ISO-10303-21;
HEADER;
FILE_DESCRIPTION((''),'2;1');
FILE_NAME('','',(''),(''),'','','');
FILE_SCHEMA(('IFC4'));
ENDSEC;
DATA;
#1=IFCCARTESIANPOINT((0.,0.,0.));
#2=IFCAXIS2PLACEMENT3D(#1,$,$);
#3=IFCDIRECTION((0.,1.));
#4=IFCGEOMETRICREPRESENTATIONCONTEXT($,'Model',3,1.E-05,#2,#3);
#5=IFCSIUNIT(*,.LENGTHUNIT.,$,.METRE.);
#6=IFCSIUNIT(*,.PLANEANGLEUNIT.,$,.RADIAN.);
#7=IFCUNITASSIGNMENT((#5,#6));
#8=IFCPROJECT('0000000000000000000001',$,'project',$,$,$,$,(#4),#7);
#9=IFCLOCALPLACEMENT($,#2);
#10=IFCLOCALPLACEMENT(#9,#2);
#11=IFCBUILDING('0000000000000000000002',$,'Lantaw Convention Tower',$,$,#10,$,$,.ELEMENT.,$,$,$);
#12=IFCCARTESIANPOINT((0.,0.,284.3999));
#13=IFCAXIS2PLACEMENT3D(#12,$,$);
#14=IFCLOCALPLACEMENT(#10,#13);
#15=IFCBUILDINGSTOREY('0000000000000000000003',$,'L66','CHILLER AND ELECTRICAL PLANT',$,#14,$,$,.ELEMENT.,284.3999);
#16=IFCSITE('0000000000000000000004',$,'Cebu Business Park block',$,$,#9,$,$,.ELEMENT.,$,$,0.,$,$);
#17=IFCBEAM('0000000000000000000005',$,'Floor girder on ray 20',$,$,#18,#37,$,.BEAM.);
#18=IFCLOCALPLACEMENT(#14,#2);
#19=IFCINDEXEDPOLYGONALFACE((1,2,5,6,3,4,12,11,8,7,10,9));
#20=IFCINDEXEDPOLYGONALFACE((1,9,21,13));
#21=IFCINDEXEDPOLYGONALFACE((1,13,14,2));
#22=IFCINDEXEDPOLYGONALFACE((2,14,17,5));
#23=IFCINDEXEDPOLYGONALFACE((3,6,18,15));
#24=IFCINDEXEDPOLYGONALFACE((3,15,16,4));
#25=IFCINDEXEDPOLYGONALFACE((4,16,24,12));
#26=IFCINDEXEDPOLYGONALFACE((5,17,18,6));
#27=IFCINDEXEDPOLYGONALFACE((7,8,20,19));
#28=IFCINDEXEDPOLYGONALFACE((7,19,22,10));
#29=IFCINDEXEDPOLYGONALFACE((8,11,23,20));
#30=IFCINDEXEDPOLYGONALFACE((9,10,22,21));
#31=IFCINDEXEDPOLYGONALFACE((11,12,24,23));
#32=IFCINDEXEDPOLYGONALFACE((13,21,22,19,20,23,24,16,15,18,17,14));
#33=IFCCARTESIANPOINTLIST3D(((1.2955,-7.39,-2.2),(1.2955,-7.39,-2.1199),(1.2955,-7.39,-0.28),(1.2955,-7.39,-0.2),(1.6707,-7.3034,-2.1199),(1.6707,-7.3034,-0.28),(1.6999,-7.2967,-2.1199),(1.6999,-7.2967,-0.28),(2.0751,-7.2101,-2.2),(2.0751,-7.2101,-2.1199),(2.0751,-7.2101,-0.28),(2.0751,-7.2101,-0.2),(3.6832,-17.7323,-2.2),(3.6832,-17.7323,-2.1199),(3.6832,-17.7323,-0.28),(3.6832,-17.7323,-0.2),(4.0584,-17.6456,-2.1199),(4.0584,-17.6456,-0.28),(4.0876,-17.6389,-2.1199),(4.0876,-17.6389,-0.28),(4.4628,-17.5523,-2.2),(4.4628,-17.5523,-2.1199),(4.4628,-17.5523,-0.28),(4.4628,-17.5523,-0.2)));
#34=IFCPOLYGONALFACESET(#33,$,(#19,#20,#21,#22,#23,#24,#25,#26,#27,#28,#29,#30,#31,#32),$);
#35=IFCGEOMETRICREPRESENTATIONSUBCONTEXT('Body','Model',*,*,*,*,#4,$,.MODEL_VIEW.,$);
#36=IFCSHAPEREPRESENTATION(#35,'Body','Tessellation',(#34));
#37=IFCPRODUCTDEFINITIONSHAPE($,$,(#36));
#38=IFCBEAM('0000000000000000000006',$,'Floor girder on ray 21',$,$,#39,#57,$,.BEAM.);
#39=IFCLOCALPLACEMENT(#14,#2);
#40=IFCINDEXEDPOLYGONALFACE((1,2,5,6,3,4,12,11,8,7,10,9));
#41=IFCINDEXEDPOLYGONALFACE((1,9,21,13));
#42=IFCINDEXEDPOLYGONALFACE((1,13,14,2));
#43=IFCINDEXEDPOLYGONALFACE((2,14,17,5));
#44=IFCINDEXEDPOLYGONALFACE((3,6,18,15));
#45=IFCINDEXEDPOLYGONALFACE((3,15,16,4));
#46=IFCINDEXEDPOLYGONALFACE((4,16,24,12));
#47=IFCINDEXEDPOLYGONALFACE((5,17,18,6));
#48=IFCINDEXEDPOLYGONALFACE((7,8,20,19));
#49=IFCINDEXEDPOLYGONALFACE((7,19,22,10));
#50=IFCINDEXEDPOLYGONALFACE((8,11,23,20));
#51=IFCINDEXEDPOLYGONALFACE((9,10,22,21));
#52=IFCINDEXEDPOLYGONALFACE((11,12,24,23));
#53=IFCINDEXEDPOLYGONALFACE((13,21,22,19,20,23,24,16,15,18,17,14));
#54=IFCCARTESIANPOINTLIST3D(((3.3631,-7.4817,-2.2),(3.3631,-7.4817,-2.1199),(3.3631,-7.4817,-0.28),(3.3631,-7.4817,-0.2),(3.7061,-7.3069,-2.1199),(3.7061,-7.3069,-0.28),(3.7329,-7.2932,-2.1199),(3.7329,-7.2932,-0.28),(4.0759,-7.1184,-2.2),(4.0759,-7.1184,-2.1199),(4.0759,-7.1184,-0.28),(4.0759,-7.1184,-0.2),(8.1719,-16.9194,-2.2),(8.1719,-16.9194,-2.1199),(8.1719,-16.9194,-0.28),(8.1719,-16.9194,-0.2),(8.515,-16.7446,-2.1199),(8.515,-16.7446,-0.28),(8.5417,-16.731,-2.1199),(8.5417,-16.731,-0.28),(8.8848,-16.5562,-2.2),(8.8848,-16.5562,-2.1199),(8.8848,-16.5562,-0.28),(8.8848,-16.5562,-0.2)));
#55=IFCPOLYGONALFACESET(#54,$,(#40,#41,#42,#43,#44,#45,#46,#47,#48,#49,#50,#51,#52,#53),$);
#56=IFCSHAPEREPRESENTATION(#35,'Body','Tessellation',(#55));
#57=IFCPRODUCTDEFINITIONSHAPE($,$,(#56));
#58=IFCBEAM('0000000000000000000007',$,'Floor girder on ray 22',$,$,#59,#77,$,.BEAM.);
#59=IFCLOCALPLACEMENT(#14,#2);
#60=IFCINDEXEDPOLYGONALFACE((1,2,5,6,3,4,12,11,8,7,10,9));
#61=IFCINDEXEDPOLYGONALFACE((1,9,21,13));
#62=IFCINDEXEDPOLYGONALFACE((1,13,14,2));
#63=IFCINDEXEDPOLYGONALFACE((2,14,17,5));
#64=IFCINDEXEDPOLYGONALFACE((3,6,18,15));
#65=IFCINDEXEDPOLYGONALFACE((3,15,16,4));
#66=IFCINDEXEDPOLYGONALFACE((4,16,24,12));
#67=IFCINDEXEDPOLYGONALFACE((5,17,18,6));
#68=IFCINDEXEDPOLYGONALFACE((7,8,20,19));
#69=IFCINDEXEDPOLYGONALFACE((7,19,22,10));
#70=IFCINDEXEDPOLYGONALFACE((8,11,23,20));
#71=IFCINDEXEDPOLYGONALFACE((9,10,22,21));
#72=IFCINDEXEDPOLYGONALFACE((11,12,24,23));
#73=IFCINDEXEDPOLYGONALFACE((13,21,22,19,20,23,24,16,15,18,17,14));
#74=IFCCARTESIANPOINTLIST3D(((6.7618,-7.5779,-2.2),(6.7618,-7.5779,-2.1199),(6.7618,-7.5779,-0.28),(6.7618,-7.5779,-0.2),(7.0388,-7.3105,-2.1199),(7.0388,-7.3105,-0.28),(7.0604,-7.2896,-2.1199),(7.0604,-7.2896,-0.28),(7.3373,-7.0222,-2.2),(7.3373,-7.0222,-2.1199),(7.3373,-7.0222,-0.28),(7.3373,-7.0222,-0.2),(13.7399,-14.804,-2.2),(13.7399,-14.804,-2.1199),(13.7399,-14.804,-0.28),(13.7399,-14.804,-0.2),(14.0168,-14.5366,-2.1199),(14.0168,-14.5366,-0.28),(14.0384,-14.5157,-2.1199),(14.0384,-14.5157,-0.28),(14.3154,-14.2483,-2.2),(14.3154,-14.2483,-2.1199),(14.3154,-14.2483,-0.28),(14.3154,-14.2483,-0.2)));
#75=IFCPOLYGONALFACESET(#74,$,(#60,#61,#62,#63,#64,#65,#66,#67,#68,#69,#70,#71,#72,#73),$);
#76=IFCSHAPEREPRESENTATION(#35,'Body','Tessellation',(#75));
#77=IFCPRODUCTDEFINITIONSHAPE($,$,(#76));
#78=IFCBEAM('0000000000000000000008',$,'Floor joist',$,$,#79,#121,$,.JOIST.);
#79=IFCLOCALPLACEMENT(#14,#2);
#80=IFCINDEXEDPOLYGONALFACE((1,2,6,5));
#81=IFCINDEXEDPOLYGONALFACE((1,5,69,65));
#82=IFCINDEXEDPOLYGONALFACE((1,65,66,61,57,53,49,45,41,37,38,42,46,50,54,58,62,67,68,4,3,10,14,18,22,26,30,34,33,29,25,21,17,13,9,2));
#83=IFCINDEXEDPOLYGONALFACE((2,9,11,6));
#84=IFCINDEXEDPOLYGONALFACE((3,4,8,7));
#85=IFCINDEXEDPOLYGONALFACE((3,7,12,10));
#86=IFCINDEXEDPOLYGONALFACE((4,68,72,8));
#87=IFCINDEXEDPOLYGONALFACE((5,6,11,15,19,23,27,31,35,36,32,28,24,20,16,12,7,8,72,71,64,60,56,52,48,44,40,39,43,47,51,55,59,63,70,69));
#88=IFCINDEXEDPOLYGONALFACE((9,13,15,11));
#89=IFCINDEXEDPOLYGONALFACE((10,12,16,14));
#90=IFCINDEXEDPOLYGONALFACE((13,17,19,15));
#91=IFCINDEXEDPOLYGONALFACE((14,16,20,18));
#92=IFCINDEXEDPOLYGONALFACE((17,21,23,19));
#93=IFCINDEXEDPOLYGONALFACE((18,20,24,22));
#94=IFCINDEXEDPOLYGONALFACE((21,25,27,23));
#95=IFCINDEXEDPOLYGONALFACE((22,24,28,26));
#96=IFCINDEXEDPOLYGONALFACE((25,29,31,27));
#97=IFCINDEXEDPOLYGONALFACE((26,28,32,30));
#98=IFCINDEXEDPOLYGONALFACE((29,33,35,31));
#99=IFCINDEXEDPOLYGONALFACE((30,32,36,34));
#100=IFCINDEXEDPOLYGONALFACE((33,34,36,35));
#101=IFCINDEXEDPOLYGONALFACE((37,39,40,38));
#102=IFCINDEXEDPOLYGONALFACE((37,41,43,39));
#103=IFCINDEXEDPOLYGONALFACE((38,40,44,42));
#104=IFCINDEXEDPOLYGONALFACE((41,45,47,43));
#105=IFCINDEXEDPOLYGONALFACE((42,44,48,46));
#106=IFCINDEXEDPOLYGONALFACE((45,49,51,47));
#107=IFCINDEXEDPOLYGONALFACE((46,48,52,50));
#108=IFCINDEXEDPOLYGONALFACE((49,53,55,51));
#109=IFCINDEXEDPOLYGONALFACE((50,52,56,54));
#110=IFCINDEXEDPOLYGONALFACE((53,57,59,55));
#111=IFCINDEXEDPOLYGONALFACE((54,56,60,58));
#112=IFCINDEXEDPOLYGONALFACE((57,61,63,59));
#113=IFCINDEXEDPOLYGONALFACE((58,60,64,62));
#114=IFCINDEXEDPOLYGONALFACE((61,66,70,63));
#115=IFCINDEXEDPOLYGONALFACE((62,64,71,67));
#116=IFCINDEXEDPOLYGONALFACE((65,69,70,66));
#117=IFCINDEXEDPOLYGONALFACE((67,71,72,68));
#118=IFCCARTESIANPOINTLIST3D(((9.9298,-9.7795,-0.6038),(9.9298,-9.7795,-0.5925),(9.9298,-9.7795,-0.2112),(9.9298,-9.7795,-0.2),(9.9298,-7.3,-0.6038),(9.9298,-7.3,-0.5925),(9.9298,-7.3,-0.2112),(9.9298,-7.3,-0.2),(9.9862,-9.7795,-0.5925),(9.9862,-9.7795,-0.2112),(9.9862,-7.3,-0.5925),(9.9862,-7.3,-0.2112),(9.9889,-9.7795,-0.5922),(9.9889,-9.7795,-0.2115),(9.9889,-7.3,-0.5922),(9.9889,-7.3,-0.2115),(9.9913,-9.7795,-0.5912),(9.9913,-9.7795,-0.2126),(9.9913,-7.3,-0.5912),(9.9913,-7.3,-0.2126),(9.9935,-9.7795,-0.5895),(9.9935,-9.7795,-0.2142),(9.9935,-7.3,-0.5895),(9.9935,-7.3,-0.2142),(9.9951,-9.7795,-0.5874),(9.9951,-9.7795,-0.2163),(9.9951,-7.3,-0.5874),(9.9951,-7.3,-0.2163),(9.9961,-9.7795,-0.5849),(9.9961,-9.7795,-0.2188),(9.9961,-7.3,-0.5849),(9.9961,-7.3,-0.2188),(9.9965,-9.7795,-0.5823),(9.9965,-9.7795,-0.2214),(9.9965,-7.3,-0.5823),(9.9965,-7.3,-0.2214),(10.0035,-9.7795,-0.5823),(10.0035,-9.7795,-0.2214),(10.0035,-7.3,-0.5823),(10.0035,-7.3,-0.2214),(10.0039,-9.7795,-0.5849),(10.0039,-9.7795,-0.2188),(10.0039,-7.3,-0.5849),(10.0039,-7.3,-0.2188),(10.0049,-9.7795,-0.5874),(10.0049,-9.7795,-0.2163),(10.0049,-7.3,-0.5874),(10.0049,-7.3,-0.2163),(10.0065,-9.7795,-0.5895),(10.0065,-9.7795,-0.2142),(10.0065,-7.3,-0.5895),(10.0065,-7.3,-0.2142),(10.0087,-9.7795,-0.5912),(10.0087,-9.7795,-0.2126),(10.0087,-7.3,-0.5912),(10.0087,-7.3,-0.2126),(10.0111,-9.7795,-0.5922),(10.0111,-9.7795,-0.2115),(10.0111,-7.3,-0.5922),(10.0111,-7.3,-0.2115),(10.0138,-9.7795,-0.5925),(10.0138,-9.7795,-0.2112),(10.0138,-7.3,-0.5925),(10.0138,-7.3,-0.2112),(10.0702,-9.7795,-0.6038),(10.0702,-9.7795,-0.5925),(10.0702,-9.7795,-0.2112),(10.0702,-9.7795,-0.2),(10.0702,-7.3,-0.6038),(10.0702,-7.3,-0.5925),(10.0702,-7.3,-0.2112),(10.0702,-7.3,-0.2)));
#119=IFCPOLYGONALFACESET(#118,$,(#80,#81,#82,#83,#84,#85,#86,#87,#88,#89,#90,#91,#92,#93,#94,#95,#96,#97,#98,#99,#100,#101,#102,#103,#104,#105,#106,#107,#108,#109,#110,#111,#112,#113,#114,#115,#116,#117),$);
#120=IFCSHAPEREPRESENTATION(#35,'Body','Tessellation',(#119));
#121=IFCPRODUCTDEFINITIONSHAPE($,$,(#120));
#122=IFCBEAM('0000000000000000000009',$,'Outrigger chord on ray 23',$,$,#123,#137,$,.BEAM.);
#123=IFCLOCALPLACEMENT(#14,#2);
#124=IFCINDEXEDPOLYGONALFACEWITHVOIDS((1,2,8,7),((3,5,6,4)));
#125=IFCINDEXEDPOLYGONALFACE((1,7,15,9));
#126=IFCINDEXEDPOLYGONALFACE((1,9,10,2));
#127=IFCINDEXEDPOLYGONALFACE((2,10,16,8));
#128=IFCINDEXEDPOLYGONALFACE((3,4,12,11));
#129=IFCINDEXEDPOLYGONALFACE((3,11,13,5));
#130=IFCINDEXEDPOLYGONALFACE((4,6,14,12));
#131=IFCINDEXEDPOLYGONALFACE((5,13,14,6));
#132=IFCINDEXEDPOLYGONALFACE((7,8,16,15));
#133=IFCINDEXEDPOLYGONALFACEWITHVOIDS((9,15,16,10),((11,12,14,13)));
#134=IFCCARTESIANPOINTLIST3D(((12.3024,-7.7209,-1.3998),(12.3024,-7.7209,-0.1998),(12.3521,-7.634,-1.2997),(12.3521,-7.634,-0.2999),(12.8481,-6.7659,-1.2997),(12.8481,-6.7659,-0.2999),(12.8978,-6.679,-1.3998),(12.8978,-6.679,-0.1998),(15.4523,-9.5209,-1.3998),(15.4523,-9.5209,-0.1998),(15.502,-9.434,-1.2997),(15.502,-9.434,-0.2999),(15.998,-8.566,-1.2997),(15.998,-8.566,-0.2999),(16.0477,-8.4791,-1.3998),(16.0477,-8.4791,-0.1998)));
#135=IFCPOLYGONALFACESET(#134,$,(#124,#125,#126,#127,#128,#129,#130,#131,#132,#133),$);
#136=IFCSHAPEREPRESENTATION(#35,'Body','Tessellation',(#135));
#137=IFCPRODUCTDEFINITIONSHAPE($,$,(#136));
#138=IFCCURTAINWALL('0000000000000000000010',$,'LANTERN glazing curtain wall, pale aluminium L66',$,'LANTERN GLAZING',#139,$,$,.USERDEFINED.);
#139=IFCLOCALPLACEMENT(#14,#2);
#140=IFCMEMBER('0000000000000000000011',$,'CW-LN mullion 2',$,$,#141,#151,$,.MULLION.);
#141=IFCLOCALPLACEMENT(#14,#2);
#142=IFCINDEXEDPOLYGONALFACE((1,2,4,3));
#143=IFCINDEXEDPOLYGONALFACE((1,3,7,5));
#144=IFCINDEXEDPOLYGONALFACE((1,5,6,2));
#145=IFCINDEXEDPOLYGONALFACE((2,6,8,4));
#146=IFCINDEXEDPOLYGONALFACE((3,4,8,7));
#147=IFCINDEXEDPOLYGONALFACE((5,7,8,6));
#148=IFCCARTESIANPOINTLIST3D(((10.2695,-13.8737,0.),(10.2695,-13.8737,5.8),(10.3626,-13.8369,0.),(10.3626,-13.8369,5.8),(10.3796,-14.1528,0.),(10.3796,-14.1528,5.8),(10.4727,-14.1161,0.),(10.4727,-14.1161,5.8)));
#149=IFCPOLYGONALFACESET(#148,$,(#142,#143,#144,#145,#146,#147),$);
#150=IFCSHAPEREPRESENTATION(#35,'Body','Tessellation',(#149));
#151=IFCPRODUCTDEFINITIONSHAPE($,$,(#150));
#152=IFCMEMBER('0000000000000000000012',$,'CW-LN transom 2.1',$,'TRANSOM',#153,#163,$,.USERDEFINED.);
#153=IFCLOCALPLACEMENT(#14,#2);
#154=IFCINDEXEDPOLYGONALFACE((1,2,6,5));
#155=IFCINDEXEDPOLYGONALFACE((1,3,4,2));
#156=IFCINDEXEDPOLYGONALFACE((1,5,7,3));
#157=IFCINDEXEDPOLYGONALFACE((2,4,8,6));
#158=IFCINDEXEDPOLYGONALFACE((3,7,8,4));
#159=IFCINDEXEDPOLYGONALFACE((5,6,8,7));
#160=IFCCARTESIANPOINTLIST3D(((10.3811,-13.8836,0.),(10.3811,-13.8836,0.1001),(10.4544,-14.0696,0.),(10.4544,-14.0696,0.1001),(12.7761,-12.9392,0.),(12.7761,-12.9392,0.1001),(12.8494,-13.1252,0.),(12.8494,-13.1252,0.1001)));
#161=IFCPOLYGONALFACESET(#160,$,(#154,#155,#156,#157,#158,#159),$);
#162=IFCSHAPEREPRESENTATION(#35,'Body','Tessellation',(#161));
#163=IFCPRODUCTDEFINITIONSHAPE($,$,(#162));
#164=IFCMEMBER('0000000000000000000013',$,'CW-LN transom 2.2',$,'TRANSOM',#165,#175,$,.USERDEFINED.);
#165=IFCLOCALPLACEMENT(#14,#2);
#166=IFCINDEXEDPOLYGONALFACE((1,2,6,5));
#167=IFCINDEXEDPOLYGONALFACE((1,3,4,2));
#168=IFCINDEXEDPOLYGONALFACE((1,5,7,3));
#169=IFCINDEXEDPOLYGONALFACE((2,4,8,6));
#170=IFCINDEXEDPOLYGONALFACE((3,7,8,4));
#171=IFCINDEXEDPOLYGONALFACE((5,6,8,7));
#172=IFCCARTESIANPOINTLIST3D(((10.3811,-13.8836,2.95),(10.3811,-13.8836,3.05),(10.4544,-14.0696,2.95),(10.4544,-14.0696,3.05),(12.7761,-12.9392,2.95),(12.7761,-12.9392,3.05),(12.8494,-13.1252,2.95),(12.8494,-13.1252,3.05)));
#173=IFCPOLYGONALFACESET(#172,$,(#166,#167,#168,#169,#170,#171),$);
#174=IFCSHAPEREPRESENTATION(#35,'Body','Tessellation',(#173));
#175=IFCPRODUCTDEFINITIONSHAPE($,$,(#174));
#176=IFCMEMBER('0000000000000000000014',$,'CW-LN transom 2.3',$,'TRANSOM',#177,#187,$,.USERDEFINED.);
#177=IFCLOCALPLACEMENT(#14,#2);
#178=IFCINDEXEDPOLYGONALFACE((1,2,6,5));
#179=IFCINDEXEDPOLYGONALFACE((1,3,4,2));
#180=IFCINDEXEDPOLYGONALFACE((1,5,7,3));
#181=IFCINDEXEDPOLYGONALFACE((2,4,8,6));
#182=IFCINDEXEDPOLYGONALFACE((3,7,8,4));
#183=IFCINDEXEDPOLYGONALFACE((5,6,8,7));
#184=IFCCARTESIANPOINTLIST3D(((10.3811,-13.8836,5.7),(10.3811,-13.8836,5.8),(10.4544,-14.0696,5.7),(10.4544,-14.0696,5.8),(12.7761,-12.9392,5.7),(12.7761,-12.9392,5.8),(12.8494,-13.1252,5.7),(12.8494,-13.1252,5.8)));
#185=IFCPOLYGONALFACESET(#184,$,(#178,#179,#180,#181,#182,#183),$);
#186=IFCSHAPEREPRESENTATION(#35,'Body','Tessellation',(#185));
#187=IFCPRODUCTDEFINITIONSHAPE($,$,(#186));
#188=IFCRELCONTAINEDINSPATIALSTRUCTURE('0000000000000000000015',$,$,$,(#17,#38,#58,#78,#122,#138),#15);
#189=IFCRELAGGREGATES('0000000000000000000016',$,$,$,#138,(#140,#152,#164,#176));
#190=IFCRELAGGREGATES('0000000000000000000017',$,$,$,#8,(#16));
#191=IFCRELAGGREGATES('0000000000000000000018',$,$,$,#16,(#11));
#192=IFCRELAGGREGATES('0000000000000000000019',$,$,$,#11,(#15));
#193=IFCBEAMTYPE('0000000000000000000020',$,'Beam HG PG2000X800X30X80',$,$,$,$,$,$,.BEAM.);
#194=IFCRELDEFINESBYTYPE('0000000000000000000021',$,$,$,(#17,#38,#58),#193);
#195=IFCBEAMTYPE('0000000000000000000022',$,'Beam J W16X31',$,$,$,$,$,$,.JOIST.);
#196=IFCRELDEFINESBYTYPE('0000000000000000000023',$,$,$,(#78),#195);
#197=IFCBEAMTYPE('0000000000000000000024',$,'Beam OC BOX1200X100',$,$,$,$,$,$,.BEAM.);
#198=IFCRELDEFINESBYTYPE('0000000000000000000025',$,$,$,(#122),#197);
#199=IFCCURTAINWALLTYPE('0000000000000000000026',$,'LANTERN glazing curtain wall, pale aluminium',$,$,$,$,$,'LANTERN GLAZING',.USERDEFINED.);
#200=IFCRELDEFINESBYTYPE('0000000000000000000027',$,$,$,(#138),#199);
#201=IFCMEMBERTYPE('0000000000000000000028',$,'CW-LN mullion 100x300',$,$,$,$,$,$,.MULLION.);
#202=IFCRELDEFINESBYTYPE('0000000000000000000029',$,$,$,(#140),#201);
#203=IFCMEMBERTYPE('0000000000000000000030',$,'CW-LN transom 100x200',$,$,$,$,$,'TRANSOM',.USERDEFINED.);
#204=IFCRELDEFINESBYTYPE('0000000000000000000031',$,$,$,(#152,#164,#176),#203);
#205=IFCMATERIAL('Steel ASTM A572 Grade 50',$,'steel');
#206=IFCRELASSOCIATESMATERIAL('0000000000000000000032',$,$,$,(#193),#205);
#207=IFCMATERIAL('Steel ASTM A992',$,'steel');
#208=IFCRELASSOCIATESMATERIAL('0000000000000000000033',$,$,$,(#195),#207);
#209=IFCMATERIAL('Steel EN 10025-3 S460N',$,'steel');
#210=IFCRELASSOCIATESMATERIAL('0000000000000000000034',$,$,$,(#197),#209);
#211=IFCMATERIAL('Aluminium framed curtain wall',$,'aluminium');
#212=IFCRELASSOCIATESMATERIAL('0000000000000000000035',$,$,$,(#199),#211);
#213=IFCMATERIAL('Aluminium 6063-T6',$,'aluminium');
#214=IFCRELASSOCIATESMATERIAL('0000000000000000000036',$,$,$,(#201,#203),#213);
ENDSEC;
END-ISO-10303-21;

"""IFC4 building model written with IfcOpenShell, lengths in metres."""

from ifc_helpers import new_model, si_unit, direction, frame, origin, origin_2d, place, context, subcontext, project, spatial, rectangle, hollow_rectangle, i_section, extrude, material, material_profile, profile_set, type_object, element, aggregate, save


model = new_model("IFC4")

# Units and contexts
model_context = context("Model", 3, precision=1e-05, world=origin(), true_north=direction((0.0, 1.0)))
body_context = subcontext(model_context, "Body", "Model", "MODEL_VIEW")
ifc_project = project(units=[si_unit("LENGTHUNIT", "METRE"), si_unit("PLANEANGLEUNIT", "RADIAN")], contexts=[model_context])

# Site, building, storey
site_placement = place(None, origin())
site = spatial("IfcSite", under=ifc_project, at=site_placement, Name="Cebu Business Park block", CompositionType="ELEMENT", RefElevation=0.0)
building_placement = place(site_placement, origin())
building = spatial("IfcBuilding", under=site, at=building_placement, Name="Lantaw Convention Tower", CompositionType="ELEMENT")
storey_placement = place(building_placement, frame((0.0, 0.0, 284.3999)))
storey = spatial("IfcBuildingStorey", under=building, at=storey_placement, Name="L66", Description="CHILLER AND ELECTRICAL PLANT", CompositionType="ELEMENT", Elevation=284.3999)

# Beams
ifc_material_1 = material(Name="Steel ASTM A572 Grade 50", Category="steel")
ifc_material_profile_1 = material_profile(ifc_material_1, i_section(OverallWidth=0.8, OverallDepth=2.0, WebThickness=0.03, FlangeThickness=0.0801, at=origin_2d()), Name="PG2000X800X30X80")
ifc_profile_set_1 = profile_set([ifc_material_profile_1], Name="Steel ASTM A572 Grade 50")
beam_type_1 = type_object("IfcBeamType", Name="Beam HG PG2000X800X30X80", PredefinedType="BEAM", material=ifc_profile_set_1)
beam_1_placement = place(storey_placement, frame((1.6853, -7.3, -1.2), z_axis=(0.22495, -0.97437, 0.0), x_axis=(0.97437, 0.22495, 0.0)))
element("IfcBeam", 1, at=beam_1_placement, inside=storey, type_object=beam_type_1, Name="Floor girder on ray 20", PredefinedType="BEAM", context=body_context, shape_type="SweptSolid", body=[
    extrude(i_section(OverallWidth=0.8, OverallDepth=2.0, WebThickness=0.03, FlangeThickness=0.0801, at=origin_2d()), origin(), (0.0, 0.0, 1.0), 10.6143),
])
beam_2_placement = place(storey_placement, frame((3.7195, -7.3, -1.2), z_axis=(0.453996, -0.891004, 0.0), x_axis=(0.891004, 0.453996, 0.0)))
element("IfcBeam", 2, at=beam_2_placement, inside=storey, type_object=beam_type_1, Name="Floor girder on ray 21", PredefinedType="BEAM", context=body_context, shape_type="SweptSolid", body=[
    extrude(i_section(OverallWidth=0.8, OverallDepth=2.0, WebThickness=0.03, FlangeThickness=0.0801, at=origin_2d()), origin(), (0.0, 0.0, 1.0), 10.5923),
])
beam_3_placement = place(storey_placement, frame((7.0496, -7.3, -1.2), z_axis=(0.694653, -0.719345, 0.0), x_axis=(0.719345, 0.694653, 0.0)))
element("IfcBeam", 3, at=beam_3_placement, inside=storey, type_object=beam_type_1, Name="Floor girder on ray 22", PredefinedType="BEAM", context=body_context, shape_type="SweptSolid", body=[
    extrude(i_section(OverallWidth=0.8, OverallDepth=2.0, WebThickness=0.03, FlangeThickness=0.0801, at=origin_2d()), origin(), (0.0, 0.0, 1.0), 10.0454),
])
ifc_material_2 = material(Name="Steel ASTM A992", Category="steel")
ifc_material_profile_2 = material_profile(ifc_material_2, i_section(OverallWidth=0.1404, OverallDepth=0.4038, WebThickness=0.0071, FlangeThickness=0.0112, FilletRadius=0.0103, at=origin_2d()), Name="W16X31")
ifc_profile_set_2 = profile_set([ifc_material_profile_2], Name="Steel ASTM A992")
beam_type_2 = type_object("IfcBeamType", Name="Beam J W16X31", PredefinedType="JOIST", material=ifc_profile_set_2)
beam_4_placement = place(storey_placement, frame((10.0, -9.7795, -0.4019), z_axis=(0.0, 1.0, 0.0), x_axis=(-1.0, 0.0, 0.0)))
element("IfcBeam", 4, at=beam_4_placement, inside=storey, type_object=beam_type_2, Name="Floor joist", PredefinedType="JOIST", context=body_context, shape_type="SweptSolid", body=[
    extrude(i_section(OverallWidth=0.1404, OverallDepth=0.4038, WebThickness=0.0071, FlangeThickness=0.0112, FilletRadius=0.0103, at=origin_2d()), origin(), (0.0, 0.0, 1.0), 2.4795),
])
ifc_material_3 = material(Name="Steel EN 10025-3 S460N", Category="steel")
ifc_material_profile_3 = material_profile(ifc_material_3, hollow_rectangle(XDim=1.2, YDim=1.2, WallThickness=0.1001, at=origin_2d()), Name="BOX1200X100")
ifc_profile_set_3 = profile_set([ifc_material_profile_3], Name="Steel EN 10025-3 S460N")
beam_type_3 = type_object("IfcBeamType", Name="Beam OC BOX1200X100", PredefinedType="BEAM", material=ifc_profile_set_3)
beam_5_placement = place(storey_placement, frame((12.6001, -7.2, -0.7998), z_axis=(0.868231, -0.496161, 0.0), x_axis=(0.496161, 0.868231, 0.0)))
element("IfcBeam", 5, at=beam_5_placement, inside=storey, type_object=beam_type_3, Name="Outrigger chord on ray 23", PredefinedType="BEAM", context=body_context, shape_type="SweptSolid", body=[
    extrude(hollow_rectangle(XDim=1.2, YDim=1.2, WallThickness=0.1001, at=origin_2d()), origin(), (0.0, 0.0, 1.0), 3.6279),
])

# Curtain wall, members
ifc_material_4 = material(Name="Aluminium framed curtain wall", Category="aluminium")
curtain_wall_type = type_object("IfcCurtainWallType", Name="LANTERN glazing curtain wall, pale aluminium", ElementType="LANTERN GLAZING", PredefinedType="USERDEFINED", material=ifc_material_4)
curtain_wall_placement = place(storey_placement, origin())
curtain_wall = element("IfcCurtainWall", 6, at=curtain_wall_placement, inside=storey, type_object=curtain_wall_type, Name="LANTERN glazing curtain wall, pale aluminium L66", ObjectType="LANTERN GLAZING", PredefinedType="USERDEFINED")
ifc_material_5 = material(Name="Aluminium 6063-T6", Category="aluminium")
ifc_material_profile_4 = material_profile(ifc_material_5, rectangle(XDim=0.3, YDim=0.1001, at=origin_2d()), Name="CW-LN mullion 100x300")
ifc_profile_set_4 = profile_set([ifc_material_profile_4], Name="Aluminium 6063-T6")
member_type_1 = type_object("IfcMemberType", Name="CW-LN mullion 100x300", PredefinedType="MULLION", material=ifc_profile_set_4)
member_1_placement = place(storey_placement, frame((10.3711, -13.9949, 0.0), z_axis=(0.0, 0.0, 1.0), x_axis=(-0.366802, 0.930299, 0.0)))
member_1 = element("IfcMember", 7, at=member_1_placement, type_object=member_type_1, Name="CW-LN mullion 2", PredefinedType="MULLION", context=body_context, shape_type="SweptSolid", body=[
    extrude(rectangle(XDim=0.3, YDim=0.1001, at=origin_2d()), origin(), (0.0, 0.0, 1.0), 5.8),
])
ifc_material_profile_5 = material_profile(ifc_material_5, rectangle(XDim=0.2, YDim=0.1001, at=origin_2d()), Name="CW-LN transom 100x200")
ifc_profile_set_5 = profile_set([ifc_material_profile_5], Name="Aluminium 6063-T6")
member_type_2 = type_object("IfcMemberType", Name="CW-LN transom 100x200", ElementType="TRANSOM", PredefinedType="USERDEFINED", material=ifc_profile_set_5)
member_2_placement = place(storey_placement, frame((10.4177, -13.9766, 0.05), z_axis=(0.930297, 0.366808, 0.0), x_axis=(-0.366808, 0.930297, 0.0)))
member_2 = element("IfcMember", 8, at=member_2_placement, type_object=member_type_2, Name="CW-LN transom 2.1", ObjectType="TRANSOM", PredefinedType="USERDEFINED", context=body_context, shape_type="SweptSolid", body=[
    extrude(rectangle(XDim=0.2, YDim=0.1001, at=origin_2d()), origin(), (0.0, 0.0, 1.0), 2.5745),
])
member_3_placement = place(storey_placement, frame((10.4177, -13.9766, 3.0), z_axis=(0.930297, 0.366808, 0.0), x_axis=(-0.366808, 0.930297, 0.0)))
member_3 = element("IfcMember", 9, at=member_3_placement, type_object=member_type_2, Name="CW-LN transom 2.2", ObjectType="TRANSOM", PredefinedType="USERDEFINED", context=body_context, shape_type="SweptSolid", body=[
    extrude(rectangle(XDim=0.2, YDim=0.1001, at=origin_2d()), origin(), (0.0, 0.0, 1.0), 2.5745),
])
member_4_placement = place(storey_placement, frame((10.4177, -13.9766, 5.75), z_axis=(0.930297, 0.366808, 0.0), x_axis=(-0.366808, 0.930297, 0.0)))
member_4 = element("IfcMember", 10, at=member_4_placement, type_object=member_type_2, Name="CW-LN transom 2.3", ObjectType="TRANSOM", PredefinedType="USERDEFINED", context=body_context, shape_type="SweptSolid", body=[
    extrude(rectangle(XDim=0.2, YDim=0.1001, at=origin_2d()), origin(), (0.0, 0.0, 1.0), 2.5745),
])

aggregate(curtain_wall, [member_1, member_2, member_3, member_4])

save(model, "model.ifc")
